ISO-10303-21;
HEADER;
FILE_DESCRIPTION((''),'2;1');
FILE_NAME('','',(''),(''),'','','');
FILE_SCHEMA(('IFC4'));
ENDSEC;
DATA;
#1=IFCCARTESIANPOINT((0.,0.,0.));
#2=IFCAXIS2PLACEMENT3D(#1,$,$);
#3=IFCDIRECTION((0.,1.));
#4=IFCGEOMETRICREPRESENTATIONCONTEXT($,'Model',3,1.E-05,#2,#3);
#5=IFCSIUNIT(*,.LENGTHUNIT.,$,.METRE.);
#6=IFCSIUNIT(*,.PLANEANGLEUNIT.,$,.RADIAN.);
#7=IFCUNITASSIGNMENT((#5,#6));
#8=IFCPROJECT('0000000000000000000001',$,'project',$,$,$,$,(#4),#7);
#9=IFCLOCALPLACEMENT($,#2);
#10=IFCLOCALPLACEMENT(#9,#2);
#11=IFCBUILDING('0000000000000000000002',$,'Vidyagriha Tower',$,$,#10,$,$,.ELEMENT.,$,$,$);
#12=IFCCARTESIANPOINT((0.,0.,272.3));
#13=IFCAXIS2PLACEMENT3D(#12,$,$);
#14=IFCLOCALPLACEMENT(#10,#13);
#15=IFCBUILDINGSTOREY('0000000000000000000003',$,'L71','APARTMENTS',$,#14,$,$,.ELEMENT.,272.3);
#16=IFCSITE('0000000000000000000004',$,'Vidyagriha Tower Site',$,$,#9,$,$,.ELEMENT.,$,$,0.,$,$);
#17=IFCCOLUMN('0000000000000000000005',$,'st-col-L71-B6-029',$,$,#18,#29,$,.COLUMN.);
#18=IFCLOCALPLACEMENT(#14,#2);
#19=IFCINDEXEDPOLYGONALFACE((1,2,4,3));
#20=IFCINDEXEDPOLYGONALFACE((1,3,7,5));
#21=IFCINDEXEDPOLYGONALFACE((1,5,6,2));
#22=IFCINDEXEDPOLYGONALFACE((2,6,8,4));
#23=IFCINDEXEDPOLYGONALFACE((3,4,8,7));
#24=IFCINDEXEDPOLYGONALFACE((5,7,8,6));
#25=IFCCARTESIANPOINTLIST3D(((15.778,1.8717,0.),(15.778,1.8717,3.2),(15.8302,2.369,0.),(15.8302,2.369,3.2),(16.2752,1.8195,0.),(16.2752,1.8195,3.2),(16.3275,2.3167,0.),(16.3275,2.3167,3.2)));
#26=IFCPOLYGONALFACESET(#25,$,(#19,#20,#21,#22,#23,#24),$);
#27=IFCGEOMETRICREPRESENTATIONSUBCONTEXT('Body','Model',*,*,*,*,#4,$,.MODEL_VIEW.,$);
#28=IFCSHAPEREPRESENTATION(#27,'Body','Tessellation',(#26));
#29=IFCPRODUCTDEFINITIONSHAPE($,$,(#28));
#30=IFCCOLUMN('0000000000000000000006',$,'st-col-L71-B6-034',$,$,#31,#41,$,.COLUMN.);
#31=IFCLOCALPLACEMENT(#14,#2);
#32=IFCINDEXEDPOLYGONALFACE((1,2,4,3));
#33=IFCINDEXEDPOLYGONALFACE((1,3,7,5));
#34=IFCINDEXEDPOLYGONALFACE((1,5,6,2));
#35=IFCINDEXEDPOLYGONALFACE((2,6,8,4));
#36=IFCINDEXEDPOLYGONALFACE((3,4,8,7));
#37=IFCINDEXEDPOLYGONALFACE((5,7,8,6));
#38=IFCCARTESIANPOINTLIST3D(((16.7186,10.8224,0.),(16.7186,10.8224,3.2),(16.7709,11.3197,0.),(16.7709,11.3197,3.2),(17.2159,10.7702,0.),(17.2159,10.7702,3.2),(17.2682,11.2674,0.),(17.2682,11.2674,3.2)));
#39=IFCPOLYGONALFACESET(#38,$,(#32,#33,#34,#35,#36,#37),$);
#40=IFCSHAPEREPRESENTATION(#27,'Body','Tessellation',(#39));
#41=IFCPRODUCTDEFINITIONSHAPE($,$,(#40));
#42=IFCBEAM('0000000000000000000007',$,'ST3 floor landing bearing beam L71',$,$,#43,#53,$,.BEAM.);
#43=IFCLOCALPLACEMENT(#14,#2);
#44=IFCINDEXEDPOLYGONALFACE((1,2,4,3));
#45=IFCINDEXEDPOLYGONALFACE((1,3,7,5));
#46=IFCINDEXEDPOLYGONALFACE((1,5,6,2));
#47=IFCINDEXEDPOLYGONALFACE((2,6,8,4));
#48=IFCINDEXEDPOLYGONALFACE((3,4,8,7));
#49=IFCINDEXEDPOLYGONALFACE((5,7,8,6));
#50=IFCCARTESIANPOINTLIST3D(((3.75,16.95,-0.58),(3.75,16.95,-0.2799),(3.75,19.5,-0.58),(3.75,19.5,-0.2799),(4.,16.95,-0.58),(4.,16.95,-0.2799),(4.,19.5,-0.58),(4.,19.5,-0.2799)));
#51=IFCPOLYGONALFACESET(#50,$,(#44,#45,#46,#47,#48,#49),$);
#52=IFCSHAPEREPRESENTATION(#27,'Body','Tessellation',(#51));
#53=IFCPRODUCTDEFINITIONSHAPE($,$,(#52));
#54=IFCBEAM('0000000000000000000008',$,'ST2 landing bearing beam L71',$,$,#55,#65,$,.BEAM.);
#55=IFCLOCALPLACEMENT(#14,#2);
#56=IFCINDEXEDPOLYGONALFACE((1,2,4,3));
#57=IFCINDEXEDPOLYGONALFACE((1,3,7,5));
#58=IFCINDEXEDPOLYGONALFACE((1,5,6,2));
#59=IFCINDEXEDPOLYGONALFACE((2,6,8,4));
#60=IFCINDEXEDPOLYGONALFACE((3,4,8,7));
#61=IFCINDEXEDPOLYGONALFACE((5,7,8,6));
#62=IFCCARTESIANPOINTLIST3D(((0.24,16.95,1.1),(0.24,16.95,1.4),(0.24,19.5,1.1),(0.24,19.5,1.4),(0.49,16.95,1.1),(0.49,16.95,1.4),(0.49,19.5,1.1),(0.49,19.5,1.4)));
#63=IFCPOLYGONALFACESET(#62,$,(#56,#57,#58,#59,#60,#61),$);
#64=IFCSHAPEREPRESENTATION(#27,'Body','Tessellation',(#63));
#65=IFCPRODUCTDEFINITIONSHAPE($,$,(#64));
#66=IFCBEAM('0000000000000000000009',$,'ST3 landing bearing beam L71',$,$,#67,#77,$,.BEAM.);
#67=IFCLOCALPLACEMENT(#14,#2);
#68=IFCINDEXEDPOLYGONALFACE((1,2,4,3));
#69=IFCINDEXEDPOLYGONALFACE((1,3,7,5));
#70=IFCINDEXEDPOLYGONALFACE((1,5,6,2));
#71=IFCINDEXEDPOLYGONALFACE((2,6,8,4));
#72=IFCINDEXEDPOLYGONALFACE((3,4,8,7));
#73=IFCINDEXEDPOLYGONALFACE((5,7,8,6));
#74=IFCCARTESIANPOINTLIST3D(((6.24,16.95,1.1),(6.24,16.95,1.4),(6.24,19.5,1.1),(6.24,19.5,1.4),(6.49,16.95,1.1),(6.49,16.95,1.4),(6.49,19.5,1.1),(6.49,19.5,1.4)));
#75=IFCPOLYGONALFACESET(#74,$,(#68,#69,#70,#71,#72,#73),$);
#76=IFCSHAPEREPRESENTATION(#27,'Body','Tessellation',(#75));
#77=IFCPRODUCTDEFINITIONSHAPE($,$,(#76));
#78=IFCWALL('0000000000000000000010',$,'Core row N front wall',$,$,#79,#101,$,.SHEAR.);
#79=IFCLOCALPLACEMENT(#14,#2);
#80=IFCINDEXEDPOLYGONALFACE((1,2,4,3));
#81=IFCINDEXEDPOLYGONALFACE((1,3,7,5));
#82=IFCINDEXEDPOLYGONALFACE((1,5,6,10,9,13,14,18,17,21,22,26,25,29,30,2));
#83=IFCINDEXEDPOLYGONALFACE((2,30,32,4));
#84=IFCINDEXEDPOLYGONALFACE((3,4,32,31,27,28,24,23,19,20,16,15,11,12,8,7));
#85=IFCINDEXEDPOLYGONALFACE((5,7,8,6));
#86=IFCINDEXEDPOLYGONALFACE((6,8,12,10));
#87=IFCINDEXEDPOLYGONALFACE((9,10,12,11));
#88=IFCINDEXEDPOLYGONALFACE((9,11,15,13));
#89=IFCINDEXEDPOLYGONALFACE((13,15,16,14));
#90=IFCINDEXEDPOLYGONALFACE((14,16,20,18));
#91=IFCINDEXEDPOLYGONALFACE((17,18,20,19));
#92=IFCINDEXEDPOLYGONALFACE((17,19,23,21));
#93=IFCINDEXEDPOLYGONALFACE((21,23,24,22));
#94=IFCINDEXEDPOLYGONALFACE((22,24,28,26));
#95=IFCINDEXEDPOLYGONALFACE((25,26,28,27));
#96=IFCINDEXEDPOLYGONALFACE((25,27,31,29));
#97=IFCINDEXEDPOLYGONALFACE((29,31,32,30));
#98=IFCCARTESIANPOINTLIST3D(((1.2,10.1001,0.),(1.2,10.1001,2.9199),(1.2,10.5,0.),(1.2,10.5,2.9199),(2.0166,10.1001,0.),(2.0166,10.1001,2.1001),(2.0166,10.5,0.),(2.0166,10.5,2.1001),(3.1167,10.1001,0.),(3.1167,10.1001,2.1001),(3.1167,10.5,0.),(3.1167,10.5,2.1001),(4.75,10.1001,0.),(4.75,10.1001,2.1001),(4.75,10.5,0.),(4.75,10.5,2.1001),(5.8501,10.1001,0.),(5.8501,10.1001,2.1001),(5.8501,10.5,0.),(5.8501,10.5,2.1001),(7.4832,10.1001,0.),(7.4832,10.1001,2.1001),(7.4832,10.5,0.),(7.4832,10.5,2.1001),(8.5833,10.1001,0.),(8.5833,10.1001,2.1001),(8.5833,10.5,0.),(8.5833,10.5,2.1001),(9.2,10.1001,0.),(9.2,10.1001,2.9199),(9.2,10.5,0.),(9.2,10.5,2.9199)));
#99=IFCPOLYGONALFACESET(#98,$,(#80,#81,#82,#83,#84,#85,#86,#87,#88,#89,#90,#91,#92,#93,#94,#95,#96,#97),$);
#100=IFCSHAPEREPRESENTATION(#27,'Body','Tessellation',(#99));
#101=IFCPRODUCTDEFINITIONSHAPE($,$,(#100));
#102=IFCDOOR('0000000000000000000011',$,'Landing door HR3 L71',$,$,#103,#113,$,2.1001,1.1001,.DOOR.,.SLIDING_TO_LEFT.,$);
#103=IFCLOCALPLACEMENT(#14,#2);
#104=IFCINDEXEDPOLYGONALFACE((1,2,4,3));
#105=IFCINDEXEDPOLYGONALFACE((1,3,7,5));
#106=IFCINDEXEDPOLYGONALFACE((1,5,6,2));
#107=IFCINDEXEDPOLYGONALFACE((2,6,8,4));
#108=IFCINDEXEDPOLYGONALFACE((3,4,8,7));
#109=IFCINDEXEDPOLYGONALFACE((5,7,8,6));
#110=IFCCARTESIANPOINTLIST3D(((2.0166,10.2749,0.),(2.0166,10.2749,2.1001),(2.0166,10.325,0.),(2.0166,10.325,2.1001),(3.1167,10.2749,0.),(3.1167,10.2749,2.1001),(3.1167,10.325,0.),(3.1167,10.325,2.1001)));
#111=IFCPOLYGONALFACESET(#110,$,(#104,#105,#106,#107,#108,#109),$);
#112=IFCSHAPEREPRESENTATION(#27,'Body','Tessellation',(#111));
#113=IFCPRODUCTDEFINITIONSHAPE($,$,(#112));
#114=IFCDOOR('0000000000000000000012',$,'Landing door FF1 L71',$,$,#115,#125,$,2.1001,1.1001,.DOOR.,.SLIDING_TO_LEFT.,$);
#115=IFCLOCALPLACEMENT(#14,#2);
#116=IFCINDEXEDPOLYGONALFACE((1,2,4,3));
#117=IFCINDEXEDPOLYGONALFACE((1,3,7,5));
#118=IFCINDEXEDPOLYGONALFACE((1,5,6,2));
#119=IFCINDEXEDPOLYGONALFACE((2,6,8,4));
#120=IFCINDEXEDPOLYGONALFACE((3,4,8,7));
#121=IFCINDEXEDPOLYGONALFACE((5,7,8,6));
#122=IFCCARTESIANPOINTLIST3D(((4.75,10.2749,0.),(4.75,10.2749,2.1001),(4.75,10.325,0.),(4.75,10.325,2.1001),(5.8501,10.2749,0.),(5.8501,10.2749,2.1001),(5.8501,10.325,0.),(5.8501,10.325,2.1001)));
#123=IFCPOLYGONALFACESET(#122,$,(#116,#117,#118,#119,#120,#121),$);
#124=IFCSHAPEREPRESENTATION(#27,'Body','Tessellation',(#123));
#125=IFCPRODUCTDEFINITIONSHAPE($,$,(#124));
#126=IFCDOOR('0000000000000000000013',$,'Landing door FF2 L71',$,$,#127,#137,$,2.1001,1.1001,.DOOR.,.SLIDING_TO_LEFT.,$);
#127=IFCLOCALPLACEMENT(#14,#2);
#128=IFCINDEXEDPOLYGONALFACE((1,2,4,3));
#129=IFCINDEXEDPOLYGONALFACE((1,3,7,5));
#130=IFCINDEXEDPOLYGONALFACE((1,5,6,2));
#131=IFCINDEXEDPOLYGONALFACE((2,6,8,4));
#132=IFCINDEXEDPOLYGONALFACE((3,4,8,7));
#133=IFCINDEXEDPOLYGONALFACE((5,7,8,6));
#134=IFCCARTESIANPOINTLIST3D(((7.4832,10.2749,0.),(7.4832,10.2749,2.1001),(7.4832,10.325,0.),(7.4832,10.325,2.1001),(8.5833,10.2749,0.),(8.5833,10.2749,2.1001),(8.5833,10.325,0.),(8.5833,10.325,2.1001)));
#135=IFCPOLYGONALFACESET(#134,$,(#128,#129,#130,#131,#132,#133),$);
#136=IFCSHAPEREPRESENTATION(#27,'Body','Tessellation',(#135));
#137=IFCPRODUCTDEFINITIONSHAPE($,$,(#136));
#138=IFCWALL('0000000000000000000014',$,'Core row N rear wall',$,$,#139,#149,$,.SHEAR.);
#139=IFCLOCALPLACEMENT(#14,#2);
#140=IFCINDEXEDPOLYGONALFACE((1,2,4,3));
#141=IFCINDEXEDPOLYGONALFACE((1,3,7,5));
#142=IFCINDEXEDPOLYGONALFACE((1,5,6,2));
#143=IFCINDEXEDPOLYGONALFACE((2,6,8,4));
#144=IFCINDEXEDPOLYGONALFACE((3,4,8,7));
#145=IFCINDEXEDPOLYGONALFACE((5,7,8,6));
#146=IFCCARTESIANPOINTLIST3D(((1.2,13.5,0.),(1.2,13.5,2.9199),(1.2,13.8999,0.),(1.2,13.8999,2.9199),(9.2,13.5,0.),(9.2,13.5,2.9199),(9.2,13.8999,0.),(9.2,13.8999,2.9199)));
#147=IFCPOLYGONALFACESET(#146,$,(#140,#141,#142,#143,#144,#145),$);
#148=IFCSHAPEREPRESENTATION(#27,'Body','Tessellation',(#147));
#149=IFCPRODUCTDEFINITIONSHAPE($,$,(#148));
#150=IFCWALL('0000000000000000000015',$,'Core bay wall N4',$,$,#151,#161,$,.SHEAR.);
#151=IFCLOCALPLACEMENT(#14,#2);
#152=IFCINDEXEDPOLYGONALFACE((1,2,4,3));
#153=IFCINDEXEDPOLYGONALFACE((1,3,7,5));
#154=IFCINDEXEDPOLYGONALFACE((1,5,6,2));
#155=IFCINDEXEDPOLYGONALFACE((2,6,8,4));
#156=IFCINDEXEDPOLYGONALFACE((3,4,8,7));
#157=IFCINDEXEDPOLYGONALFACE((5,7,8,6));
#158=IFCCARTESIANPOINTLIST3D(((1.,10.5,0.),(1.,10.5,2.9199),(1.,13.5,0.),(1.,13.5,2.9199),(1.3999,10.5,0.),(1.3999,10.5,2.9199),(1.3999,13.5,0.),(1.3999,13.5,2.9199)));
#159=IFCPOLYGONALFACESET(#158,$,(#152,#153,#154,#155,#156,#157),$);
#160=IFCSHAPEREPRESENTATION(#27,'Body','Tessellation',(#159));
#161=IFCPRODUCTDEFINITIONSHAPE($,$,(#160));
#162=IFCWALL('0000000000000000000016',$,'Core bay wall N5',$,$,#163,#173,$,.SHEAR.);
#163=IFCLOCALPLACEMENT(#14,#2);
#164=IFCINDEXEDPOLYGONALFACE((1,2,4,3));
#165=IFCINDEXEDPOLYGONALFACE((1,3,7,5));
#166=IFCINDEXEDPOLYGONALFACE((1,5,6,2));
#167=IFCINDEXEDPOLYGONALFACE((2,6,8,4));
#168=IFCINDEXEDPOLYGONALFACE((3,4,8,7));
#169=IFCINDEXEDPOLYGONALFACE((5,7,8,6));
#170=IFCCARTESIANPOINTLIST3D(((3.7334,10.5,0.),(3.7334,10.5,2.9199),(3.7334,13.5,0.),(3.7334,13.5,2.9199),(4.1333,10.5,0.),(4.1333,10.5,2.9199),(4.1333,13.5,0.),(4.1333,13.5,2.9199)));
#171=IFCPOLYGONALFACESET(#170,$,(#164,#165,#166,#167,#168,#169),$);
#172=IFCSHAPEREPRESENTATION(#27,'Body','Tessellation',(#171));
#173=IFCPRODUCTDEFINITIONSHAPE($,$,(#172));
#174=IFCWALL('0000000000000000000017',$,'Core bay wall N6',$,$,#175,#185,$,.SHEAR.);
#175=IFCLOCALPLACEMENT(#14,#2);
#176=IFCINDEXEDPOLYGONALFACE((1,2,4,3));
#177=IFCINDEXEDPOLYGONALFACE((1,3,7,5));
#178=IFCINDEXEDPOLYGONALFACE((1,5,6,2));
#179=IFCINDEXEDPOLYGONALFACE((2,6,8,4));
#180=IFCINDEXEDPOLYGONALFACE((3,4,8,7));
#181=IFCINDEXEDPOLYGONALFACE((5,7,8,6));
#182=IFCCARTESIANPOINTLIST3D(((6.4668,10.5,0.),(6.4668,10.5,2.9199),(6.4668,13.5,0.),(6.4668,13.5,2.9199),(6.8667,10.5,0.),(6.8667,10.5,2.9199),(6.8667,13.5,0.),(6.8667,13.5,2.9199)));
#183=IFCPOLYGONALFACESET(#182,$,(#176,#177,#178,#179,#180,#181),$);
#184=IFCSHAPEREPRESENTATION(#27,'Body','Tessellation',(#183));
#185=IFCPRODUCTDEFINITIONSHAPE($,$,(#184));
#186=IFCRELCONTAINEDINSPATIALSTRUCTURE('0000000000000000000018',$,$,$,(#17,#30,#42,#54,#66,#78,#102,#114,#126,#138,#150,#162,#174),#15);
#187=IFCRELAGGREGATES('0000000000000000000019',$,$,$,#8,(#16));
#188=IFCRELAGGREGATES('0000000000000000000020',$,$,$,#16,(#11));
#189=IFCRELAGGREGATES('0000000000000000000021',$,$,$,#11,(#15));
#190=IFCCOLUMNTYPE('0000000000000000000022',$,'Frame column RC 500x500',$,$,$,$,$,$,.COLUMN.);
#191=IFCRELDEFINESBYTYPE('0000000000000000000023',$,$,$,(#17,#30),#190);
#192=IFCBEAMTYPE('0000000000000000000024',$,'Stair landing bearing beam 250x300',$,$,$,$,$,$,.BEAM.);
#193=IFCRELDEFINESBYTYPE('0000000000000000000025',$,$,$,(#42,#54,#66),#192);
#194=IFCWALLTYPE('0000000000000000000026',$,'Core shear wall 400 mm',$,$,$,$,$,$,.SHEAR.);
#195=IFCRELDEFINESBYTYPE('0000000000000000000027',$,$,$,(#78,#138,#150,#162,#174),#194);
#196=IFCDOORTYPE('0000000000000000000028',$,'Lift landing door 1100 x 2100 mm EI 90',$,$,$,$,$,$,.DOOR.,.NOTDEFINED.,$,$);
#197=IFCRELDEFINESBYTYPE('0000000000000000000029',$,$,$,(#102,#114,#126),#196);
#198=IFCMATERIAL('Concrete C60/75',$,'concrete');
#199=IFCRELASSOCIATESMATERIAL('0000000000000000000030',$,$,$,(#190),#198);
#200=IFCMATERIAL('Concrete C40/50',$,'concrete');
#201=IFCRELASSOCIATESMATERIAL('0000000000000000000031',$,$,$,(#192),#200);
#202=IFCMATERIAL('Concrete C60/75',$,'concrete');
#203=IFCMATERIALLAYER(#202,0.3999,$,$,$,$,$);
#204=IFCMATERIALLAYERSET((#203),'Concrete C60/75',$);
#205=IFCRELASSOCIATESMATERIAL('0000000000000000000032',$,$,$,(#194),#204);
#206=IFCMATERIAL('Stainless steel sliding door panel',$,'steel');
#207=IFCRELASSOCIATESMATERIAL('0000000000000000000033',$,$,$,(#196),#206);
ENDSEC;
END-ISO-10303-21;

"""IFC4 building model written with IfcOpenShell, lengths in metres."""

from ifc_helpers import new_model, si_unit, direction, frame, frame_2d, origin, origin_2d, place, context, subcontext, project, spatial, rectangle, extrude, material, layer, layer_set, material_profile, profile_set, type_object, element, fill, save


model = new_model("IFC4")

# Units and contexts
model_context = context("Model", 3, precision=1e-05, world=origin(), true_north=direction((0.0, 1.0)))
body_context = subcontext(model_context, "Body", "Model", "MODEL_VIEW")
ifc_project = project(units=[si_unit("LENGTHUNIT", "METRE"), si_unit("PLANEANGLEUNIT", "RADIAN")], contexts=[model_context])

# Site, building, storey
site_placement = place(None, origin())
site = spatial("IfcSite", under=ifc_project, at=site_placement, Name="Vidyagriha Tower Site", CompositionType="ELEMENT", RefElevation=0.0)
building_placement = place(site_placement, origin())
building = spatial("IfcBuilding", under=site, at=building_placement, Name="Vidyagriha Tower", CompositionType="ELEMENT")
storey_placement = place(building_placement, frame((0.0, 0.0, 272.3)))
storey = spatial("IfcBuildingStorey", under=building, at=storey_placement, Name="L71", Description="APARTMENTS", CompositionType="ELEMENT", Elevation=272.3)

# Columns
ifc_material_1 = material(Name="Concrete C60/75", Category="concrete")
ifc_material_profile_1 = material_profile(ifc_material_1, rectangle(XDim=0.5, YDim=0.5, at=origin_2d()), Name="RC 500x500")
ifc_profile_set_1 = profile_set([ifc_material_profile_1], Name="Concrete C60/75")
column_type = type_object("IfcColumnType", Name="Frame column RC 500x500", PredefinedType="COLUMN", material=ifc_profile_set_1)
for number, where, z_axis, x_axis, name in (
    (1, (16.0527, 2.0942, 0.0), (0.0, 0.0, 1.0), (0.994522, -0.104528, 0.0), "st-col-L71-B6-029"),
    (2, (16.9934, 11.0449, 0.0), (0.0, 0.0, 1.0), (0.994522, -0.104528, 0.0), "st-col-L71-B6-034"),
):
    element("IfcColumn", number, at=place(storey_placement, frame(where, z_axis=z_axis, x_axis=x_axis)), inside=storey, type_object=column_type, Name=name, PredefinedType="COLUMN", context=body_context, shape_type="SweptSolid", body=[
        extrude(rectangle(XDim=0.5, YDim=0.5, at=origin_2d()), origin(), (0.0, 0.0, 1.0), 3.2),
    ])

# Beams
ifc_material_2 = material(Name="Concrete C40/50", Category="concrete")
ifc_material_profile_2 = material_profile(ifc_material_2, rectangle(XDim=0.25, YDim=0.3, at=origin_2d()), Name="Stair landing bearing beam 250x300")
ifc_profile_set_2 = profile_set([ifc_material_profile_2], Name="Concrete C40/50")
beam_type = type_object("IfcBeamType", Name="Stair landing bearing beam 250x300", PredefinedType="BEAM", material=ifc_profile_set_2)
for number, where, z_axis, x_axis, name in (
    (3, (3.875, 16.95, -0.4299), (0.0, 1.0, 0.0), (-1.0, 0.0, 0.0), "ST3 floor landing bearing beam L71"),
    (4, (0.365, 16.95, 1.25), (0.0, 1.0, 0.0), (-1.0, 0.0, 0.0), "ST2 landing bearing beam L71"),
    (5, (6.365, 16.95, 1.25), (0.0, 1.0, 0.0), (-1.0, 0.0, 0.0), "ST3 landing bearing beam L71"),
):
    element("IfcBeam", number, at=place(storey_placement, frame(where, z_axis=z_axis, x_axis=x_axis)), inside=storey, type_object=beam_type, Name=name, PredefinedType="BEAM", context=body_context, shape_type="SweptSolid", body=[
        extrude(rectangle(XDim=0.25, YDim=0.3, at=origin_2d()), origin(), (0.0, 0.0, 1.0), 2.55),
    ])

# Wall, openings, doors
ifc_material_3 = material(Name="Concrete C60/75", Category="concrete")
ifc_layer_1 = layer(ifc_material_3, 0.3999)
ifc_layer_set_1 = layer_set([ifc_layer_1], Name="Concrete C60/75")
wall_type_1 = type_object("IfcWallType", Name="Core shear wall 400 mm", PredefinedType="SHEAR", material=ifc_layer_set_1)
wall_1_placement = place(storey_placement, frame((1.2, 10.3, 0.0)))
wall_1 = element("IfcWall", 6, at=wall_1_placement, inside=storey, type_object=wall_type_1, Name="Core row N front wall", PredefinedType="SHEAR", context=body_context, shape_type="SweptSolid", body=[
    extrude(rectangle(XDim=8.0, YDim=0.3999, at=frame_2d((4.0, 0.0))), origin(), (0.0, 0.0, 1.0), 2.9199),
])
opening_1_placement = place(wall_1_placement, frame((0.8167, 0.0, 0.0)))
opening_1 = element("IfcOpeningElement", 7, at=opening_1_placement, cuts=wall_1, PredefinedType="OPENING", context=body_context, shape_type="SweptSolid", body=[
    extrude(rectangle(XDim=1.1001, YDim=2.1001, at=frame_2d((0.55, 1.05))), frame((0.0, 0.21, 0.0), z_axis=(0.0, -1.0, 0.0), x_axis=(1.0, 0.0, 0.0)), (0.0, 0.0, 1.0), 0.4199),
])
opening_2_placement = place(wall_1_placement, frame((3.55, 0.0, 0.0)))
opening_2 = element("IfcOpeningElement", 8, at=opening_2_placement, cuts=wall_1, PredefinedType="OPENING", context=body_context, shape_type="SweptSolid", body=[
    extrude(rectangle(XDim=1.1001, YDim=2.1001, at=frame_2d((0.55, 1.05))), frame((0.0, 0.21, 0.0), z_axis=(0.0, -1.0, 0.0), x_axis=(1.0, 0.0, 0.0)), (0.0, 0.0, 1.0), 0.4199),
])
opening_3_placement = place(wall_1_placement, frame((6.2832, 0.0, 0.0)))
opening_3 = element("IfcOpeningElement", 9, at=opening_3_placement, cuts=wall_1, PredefinedType="OPENING", context=body_context, shape_type="SweptSolid", body=[
    extrude(rectangle(XDim=1.1001, YDim=2.1001, at=frame_2d((0.55, 1.05))), frame((0.0, 0.21, 0.0), z_axis=(0.0, -1.0, 0.0), x_axis=(1.0, 0.0, 0.0)), (0.0, 0.0, 1.0), 0.4199),
])
ifc_material_4 = material(Name="Stainless steel sliding door panel", Category="steel")
door_type_1 = type_object("IfcDoorType", Name="Lift landing door 1100 x 2100 mm EI 90", OperationType="NOTDEFINED", PredefinedType="DOOR", material=ifc_material_4)
door_1_placement = place(opening_1_placement, origin())
door_1 = element("IfcDoor", 10, at=door_1_placement, inside=storey, type_object=door_type_1, Name="Landing door HR3 L71", OperationType="SLIDING_TO_LEFT", OverallHeight=2.1001, OverallWidth=1.1001, PredefinedType="DOOR", context=body_context, shape_type="SweptSolid", body=[
    extrude(rectangle(XDim=1.1001, YDim=2.1001, at=frame_2d((0.55, 1.05))), frame((0.0, 0.0249, 0.0), z_axis=(0.0, -1.0, 0.0), x_axis=(1.0, 0.0, 0.0)), (0.0, 0.0, 1.0), 0.05),
])
fill(opening_1, door_1)
door_2_placement = place(opening_2_placement, origin())
door_2 = element("IfcDoor", 11, at=door_2_placement, inside=storey, type_object=door_type_1, Name="Landing door FF1 L71", OperationType="SLIDING_TO_LEFT", OverallHeight=2.1001, OverallWidth=1.1001, PredefinedType="DOOR", context=body_context, shape_type="SweptSolid", body=[
    extrude(rectangle(XDim=1.1001, YDim=2.1001, at=frame_2d((0.55, 1.05))), frame((0.0, 0.0249, 0.0), z_axis=(0.0, -1.0, 0.0), x_axis=(1.0, 0.0, 0.0)), (0.0, 0.0, 1.0), 0.05),
])
fill(opening_2, door_2)
door_3_placement = place(opening_3_placement, origin())
door_3 = element("IfcDoor", 12, at=door_3_placement, inside=storey, type_object=door_type_1, Name="Landing door FF2 L71", OperationType="SLIDING_TO_LEFT", OverallHeight=2.1001, OverallWidth=1.1001, PredefinedType="DOOR", context=body_context, shape_type="SweptSolid", body=[
    extrude(rectangle(XDim=1.1001, YDim=2.1001, at=frame_2d((0.55, 1.05))), frame((0.0, 0.0249, 0.0), z_axis=(0.0, -1.0, 0.0), x_axis=(1.0, 0.0, 0.0)), (0.0, 0.0, 1.0), 0.05),
])
fill(opening_3, door_3)

# Walls
wall_2_placement = place(storey_placement, frame((1.2, 13.7, 0.0)))
element("IfcWall", 13, at=wall_2_placement, inside=storey, type_object=wall_type_1, Name="Core row N rear wall", PredefinedType="SHEAR", context=body_context, shape_type="SweptSolid", body=[
    extrude(rectangle(XDim=8.0, YDim=0.3999, at=frame_2d((4.0, 0.0))), origin(), (0.0, 0.0, 1.0), 2.9199),
])
for number, where, z_axis, x_axis, name in (
    (14, (1.2, 10.5, 0.0), (0.0, 0.0, 1.0), (0.0, 1.0, 0.0), "Core bay wall N4"),
    (15, (3.9333, 10.5, 0.0), (0.0, 0.0, 1.0), (0.0, 1.0, 0.0), "Core bay wall N5"),
    (16, (6.6667, 10.5, 0.0), (0.0, 0.0, 1.0), (0.0, 1.0, 0.0), "Core bay wall N6"),
):
    element("IfcWall", number, at=place(storey_placement, frame(where, z_axis=z_axis, x_axis=x_axis)), inside=storey, type_object=wall_type_1, Name=name, PredefinedType="SHEAR", context=body_context, shape_type="SweptSolid", body=[
        extrude(rectangle(XDim=3.0, YDim=0.3999, at=frame_2d((1.5, 0.0))), origin(), (0.0, 0.0, 1.0), 2.9199),
    ])

save(model, "model.ifc")
